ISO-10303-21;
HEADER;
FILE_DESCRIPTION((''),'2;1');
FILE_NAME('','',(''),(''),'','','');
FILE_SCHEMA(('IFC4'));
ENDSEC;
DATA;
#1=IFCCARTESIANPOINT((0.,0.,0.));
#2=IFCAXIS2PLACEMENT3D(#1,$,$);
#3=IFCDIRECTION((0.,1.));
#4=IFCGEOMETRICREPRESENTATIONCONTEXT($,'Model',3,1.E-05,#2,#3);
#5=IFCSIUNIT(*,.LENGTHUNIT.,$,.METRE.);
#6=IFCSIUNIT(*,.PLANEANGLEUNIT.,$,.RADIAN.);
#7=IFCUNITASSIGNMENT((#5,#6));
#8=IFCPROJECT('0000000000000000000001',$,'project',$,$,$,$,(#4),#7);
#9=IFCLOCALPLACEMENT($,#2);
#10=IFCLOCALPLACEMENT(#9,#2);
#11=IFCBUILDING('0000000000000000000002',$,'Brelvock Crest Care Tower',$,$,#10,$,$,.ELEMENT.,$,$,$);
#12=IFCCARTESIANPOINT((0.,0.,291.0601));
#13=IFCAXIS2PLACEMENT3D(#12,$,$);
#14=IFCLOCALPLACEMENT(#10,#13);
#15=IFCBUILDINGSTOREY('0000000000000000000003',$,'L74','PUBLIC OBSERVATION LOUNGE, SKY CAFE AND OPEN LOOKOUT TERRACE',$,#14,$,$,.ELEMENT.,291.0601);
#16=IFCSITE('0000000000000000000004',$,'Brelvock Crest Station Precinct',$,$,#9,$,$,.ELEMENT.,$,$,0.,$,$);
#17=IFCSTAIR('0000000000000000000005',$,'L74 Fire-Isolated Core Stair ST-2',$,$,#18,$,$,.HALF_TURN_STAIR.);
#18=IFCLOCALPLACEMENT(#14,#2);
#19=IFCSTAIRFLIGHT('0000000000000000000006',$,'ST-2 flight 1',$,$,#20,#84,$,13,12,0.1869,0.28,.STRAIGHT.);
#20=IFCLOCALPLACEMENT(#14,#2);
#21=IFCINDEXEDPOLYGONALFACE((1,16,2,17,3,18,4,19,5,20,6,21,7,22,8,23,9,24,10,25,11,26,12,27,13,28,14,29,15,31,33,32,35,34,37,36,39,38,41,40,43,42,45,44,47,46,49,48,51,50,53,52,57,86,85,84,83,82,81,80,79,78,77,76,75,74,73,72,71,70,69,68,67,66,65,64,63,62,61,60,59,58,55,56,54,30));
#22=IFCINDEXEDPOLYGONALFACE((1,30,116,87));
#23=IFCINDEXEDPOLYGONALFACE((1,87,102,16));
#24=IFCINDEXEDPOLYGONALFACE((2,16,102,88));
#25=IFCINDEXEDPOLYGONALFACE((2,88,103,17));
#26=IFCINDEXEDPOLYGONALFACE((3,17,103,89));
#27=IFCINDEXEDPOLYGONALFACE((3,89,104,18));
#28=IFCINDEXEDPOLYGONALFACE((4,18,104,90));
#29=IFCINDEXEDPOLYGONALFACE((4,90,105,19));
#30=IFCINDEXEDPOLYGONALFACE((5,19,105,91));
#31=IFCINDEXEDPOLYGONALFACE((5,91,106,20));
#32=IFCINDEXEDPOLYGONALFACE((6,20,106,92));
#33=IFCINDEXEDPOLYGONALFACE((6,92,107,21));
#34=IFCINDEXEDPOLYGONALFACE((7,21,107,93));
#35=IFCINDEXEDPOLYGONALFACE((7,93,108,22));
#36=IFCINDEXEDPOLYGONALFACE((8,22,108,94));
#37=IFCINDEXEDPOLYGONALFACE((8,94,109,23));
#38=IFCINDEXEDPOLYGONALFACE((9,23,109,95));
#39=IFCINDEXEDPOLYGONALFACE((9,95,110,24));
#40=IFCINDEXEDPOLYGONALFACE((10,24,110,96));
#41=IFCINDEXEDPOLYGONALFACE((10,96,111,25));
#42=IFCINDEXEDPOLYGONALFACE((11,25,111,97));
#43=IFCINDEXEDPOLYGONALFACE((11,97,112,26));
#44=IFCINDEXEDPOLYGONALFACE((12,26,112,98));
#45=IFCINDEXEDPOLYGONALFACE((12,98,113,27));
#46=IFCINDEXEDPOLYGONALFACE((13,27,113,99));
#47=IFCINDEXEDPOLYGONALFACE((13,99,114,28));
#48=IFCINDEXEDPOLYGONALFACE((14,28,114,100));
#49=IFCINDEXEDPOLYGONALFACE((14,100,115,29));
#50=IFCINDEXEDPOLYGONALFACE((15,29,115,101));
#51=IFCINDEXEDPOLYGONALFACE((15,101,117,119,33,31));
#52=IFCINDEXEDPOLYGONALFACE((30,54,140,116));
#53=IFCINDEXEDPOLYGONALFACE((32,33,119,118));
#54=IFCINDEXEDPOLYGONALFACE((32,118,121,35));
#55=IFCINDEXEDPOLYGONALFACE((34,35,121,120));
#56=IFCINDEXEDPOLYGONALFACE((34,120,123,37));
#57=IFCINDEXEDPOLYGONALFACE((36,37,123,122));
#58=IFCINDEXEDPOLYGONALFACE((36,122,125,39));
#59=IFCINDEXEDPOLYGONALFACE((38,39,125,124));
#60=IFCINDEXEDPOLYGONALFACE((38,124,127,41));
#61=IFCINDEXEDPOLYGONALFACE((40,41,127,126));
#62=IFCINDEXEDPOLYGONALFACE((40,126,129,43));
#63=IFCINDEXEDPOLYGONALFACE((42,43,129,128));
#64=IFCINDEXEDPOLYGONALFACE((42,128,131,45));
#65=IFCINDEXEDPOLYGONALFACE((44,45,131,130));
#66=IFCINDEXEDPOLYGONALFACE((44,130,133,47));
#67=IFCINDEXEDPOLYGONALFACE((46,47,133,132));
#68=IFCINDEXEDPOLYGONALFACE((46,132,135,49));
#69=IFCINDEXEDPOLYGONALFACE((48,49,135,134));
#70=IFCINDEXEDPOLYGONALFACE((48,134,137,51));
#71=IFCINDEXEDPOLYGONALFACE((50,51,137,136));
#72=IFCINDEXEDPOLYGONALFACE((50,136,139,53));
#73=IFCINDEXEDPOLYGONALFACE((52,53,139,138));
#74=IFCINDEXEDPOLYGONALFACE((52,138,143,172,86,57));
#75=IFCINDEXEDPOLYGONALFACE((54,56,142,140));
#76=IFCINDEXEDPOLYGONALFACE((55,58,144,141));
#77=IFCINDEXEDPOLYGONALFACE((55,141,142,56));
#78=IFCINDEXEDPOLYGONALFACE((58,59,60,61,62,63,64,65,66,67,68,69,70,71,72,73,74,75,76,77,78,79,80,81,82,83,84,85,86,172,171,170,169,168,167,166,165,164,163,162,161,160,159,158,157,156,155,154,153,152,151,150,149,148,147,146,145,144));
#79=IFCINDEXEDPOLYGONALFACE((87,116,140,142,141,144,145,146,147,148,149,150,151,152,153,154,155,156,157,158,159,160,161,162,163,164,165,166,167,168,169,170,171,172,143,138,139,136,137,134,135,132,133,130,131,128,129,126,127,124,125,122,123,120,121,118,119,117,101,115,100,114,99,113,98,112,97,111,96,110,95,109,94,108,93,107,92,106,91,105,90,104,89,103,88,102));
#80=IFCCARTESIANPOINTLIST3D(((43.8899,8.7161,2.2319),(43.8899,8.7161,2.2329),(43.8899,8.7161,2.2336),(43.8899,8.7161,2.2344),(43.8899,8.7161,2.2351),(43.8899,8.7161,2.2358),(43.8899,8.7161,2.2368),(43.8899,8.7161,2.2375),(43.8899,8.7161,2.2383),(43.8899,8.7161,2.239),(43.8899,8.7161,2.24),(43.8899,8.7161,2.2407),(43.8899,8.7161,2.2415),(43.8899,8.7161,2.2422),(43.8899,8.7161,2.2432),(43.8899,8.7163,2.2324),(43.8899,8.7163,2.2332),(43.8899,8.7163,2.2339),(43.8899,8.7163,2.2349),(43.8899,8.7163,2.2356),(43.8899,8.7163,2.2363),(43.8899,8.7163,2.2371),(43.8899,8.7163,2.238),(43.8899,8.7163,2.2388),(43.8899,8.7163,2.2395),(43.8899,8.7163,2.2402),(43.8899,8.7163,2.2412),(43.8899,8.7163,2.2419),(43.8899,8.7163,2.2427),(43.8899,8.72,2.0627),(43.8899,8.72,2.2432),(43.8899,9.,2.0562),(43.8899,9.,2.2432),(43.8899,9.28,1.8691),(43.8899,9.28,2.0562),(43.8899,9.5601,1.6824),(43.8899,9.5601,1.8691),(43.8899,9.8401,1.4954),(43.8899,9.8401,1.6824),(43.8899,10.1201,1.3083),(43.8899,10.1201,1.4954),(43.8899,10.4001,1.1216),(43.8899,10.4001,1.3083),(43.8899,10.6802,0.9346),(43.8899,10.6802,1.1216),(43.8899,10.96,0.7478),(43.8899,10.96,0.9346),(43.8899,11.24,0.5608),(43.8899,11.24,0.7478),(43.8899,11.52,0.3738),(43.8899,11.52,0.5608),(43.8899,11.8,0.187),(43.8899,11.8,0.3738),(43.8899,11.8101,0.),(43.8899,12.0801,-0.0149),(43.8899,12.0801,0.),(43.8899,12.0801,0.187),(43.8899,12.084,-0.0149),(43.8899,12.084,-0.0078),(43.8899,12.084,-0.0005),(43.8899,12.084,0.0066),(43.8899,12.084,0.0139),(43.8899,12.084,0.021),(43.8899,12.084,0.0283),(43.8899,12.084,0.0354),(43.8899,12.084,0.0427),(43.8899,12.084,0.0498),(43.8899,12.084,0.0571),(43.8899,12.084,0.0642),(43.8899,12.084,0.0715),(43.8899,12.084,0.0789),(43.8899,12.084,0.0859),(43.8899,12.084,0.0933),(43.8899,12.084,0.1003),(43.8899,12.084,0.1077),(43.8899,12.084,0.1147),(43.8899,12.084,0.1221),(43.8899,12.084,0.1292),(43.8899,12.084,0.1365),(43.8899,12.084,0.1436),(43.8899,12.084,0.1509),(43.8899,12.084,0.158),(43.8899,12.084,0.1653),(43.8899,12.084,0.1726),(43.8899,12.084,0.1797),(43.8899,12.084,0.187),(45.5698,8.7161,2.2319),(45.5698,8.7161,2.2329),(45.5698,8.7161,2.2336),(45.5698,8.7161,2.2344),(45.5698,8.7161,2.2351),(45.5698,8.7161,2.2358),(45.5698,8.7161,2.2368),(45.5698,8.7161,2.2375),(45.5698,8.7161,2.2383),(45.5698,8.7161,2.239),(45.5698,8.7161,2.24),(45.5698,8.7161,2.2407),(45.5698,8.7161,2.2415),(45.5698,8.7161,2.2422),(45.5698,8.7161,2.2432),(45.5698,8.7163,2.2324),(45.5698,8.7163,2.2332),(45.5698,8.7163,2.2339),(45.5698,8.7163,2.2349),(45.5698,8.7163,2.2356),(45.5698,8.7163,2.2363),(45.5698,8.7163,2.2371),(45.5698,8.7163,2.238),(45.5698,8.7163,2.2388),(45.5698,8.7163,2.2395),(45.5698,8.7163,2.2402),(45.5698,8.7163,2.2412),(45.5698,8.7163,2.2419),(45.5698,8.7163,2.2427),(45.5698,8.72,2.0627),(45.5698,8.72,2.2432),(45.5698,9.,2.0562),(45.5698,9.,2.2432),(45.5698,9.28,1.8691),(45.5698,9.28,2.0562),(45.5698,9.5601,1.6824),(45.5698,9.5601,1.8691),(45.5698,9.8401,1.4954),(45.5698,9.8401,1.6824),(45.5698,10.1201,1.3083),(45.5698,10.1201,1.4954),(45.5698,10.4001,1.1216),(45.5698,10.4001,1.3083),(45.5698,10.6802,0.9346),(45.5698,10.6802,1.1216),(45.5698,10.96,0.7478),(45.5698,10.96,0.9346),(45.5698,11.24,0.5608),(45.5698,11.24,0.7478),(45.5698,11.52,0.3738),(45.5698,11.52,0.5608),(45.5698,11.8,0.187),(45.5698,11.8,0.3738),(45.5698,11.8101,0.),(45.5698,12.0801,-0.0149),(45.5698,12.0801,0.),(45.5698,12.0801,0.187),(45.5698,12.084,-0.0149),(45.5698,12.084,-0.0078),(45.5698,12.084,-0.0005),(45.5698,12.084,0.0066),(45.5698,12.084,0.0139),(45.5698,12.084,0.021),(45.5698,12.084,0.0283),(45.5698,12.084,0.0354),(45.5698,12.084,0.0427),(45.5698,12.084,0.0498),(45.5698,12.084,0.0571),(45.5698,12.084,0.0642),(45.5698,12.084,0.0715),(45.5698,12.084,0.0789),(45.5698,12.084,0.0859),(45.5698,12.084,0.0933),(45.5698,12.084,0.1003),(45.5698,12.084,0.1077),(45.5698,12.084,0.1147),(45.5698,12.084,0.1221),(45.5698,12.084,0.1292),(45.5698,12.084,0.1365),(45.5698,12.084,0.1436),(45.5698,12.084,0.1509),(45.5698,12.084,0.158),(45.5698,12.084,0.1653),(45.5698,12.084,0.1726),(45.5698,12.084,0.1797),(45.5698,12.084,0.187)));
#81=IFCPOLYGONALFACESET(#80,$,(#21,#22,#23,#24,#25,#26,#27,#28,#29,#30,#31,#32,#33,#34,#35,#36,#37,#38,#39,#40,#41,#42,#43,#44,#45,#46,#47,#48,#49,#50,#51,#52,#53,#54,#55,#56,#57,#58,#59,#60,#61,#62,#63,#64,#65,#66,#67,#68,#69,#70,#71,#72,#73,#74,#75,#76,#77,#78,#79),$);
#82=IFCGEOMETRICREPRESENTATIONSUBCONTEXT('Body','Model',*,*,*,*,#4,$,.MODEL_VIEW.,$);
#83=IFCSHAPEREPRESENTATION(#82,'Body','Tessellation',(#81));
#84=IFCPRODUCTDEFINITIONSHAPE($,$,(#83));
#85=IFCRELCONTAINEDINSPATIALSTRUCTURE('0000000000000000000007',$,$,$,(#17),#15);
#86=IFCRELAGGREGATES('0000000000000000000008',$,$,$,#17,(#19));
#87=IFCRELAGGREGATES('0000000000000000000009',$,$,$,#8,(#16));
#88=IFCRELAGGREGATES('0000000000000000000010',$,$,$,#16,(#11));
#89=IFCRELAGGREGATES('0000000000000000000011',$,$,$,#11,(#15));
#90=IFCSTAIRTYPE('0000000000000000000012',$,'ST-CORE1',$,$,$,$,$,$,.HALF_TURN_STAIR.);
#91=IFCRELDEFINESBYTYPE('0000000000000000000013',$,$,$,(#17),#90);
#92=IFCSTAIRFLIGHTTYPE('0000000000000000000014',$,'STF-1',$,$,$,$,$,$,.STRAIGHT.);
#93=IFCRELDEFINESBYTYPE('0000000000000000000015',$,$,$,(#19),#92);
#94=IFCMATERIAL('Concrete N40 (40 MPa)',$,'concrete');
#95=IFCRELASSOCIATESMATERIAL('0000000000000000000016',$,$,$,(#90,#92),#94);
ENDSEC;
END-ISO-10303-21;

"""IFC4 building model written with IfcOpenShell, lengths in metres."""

from ifc_helpers import new_model, si_unit, direction, frame, origin, place, context, subcontext, project, spatial, polyline, outline, extrude, material, type_object, element, aggregate, save


model = new_model("IFC4")

# Units and contexts
model_context = context("Model", 3, precision=1e-05, world=origin(), true_north=direction((0.0, 1.0)))
body_context = subcontext(model_context, "Body", "Model", "MODEL_VIEW")
ifc_project = project(units=[si_unit("LENGTHUNIT", "METRE"), si_unit("PLANEANGLEUNIT", "RADIAN")], contexts=[model_context])

# Site, building, storey
site_placement = place(None, origin())
site = spatial("IfcSite", under=ifc_project, at=site_placement, Name="Brelvock Crest Station Precinct", CompositionType="ELEMENT", RefElevation=0.0)
building_placement = place(site_placement, origin())
building = spatial("IfcBuilding", under=site, at=building_placement, Name="Brelvock Crest Care Tower", CompositionType="ELEMENT")
storey_placement = place(building_placement, frame((0.0, 0.0, 291.0601)))
storey = spatial("IfcBuildingStorey", under=building, at=storey_placement, Name="L74", Description="PUBLIC OBSERVATION LOUNGE, SKY CAFE AND OPEN LOOKOUT TERRACE", CompositionType="ELEMENT", Elevation=291.0601)

# Stair, stair flight
ifc_material_1 = material(Name="Concrete N40 (40 MPa)", Category="concrete")
stair_type = type_object("IfcStairType", Name="ST-CORE1", PredefinedType="HALF_TURN_STAIR", material=ifc_material_1)
stair_placement = place(storey_placement, origin())
stair = element("IfcStair", 1, at=stair_placement, inside=storey, type_object=stair_type, Name="L74 Fire-Isolated Core Stair ST-2", PredefinedType="HALF_TURN_STAIR")
stair_flight_type = type_object("IfcStairFlightType", Name="STF-1", PredefinedType="STRAIGHT", material=ifc_material_1)
stair_flight_1_placement = place(storey_placement, frame((44.73, 12.0801, 0.0), z_axis=(0.0, 0.0, 1.0), x_axis=(0.0, -1.0, 0.0)))
stair_flight_1 = element("IfcStairFlight", 2, at=stair_flight_1_placement, type_object=stair_flight_type, Name="ST-2 flight 1", NumberOfRisers=13, NumberOfTreads=12, PredefinedType="STRAIGHT", RiserHeight=0.1869, TreadLength=0.28, context=body_context, shape_type="SweptSolid", body=[
    extrude(outline(polyline([(-0.0039, -0.0149), (-0.0039, -0.0078), (-0.0039, -0.0005), (-0.0039, 0.0066), (-0.0039, 0.0139), (-0.0039, 0.021), (-0.0039, 0.0283), (-0.0039, 0.0354), (-0.0039, 0.0427), (-0.0039, 0.0498), (-0.0039, 0.0571), (-0.0039, 0.0642), (-0.0039, 0.0715), (-0.0039, 0.0789), (-0.0039, 0.0859), (-0.0039, 0.0933), (-0.0039, 0.1003), (-0.0039, 0.1077), (-0.0039, 0.1147), (-0.0039, 0.1221), (-0.0039, 0.1292), (-0.0039, 0.1365), (-0.0039, 0.1436), (-0.0039, 0.1509), (-0.0039, 0.158), (-0.0039, 0.1653), (-0.0039, 0.1726), (-0.0039, 0.1797), (-0.0039, 0.187), (0.0, 0.187), (0.28, 0.187), (0.28, 0.3738), (0.5601, 0.3738), (0.5601, 0.5608), (0.8401, 0.5608), (0.8401, 0.7478), (1.1201, 0.7478), (1.1201, 0.9346), (1.3999, 0.9346), (1.3999, 1.1216), (1.6799, 1.1216), (1.6799, 1.3083), (1.96, 1.3083), (1.96, 1.4954), (2.24, 1.4954), (2.24, 1.6824), (2.52, 1.6824), (2.52, 1.8691), (2.8, 1.8691), (2.8, 2.0562), (3.0801, 2.0562), (3.0801, 2.2432), (3.3601, 2.2432), (3.364, 2.2432), (3.3638, 2.2427), (3.364, 2.2422), (3.3638, 2.2419), (3.364, 2.2415), (3.3638, 2.2412), (3.364, 2.2407), (3.3638, 2.2402), (3.364, 2.24), (3.3638, 2.2395), (3.364, 2.239), (3.3638, 2.2388), (3.364, 2.2383), (3.3638, 2.238), (3.364, 2.2375), (3.3638, 2.2371), (3.364, 2.2368), (3.3638, 2.2363), (3.364, 2.2358), (3.3638, 2.2356), (3.364, 2.2351), (3.3638, 2.2349), (3.364, 2.2344), (3.3638, 2.2339), (3.364, 2.2336), (3.3638, 2.2332), (3.364, 2.2329), (3.3638, 2.2324), (3.364, 2.2319), (3.3601, 2.0627), (0.27, 0.0), (0.0, 0.0), (0.0, -0.0149), (-0.0039, -0.0149)])), frame((0.0, 0.8398, 0.0), z_axis=(0.0, -1.0, 0.0), x_axis=(1.0, 0.0, 0.0)), (0.0, 0.0, 1.0), 1.6799),
])
aggregate(stair, [stair_flight_1])

save(model, "model.ifc")
